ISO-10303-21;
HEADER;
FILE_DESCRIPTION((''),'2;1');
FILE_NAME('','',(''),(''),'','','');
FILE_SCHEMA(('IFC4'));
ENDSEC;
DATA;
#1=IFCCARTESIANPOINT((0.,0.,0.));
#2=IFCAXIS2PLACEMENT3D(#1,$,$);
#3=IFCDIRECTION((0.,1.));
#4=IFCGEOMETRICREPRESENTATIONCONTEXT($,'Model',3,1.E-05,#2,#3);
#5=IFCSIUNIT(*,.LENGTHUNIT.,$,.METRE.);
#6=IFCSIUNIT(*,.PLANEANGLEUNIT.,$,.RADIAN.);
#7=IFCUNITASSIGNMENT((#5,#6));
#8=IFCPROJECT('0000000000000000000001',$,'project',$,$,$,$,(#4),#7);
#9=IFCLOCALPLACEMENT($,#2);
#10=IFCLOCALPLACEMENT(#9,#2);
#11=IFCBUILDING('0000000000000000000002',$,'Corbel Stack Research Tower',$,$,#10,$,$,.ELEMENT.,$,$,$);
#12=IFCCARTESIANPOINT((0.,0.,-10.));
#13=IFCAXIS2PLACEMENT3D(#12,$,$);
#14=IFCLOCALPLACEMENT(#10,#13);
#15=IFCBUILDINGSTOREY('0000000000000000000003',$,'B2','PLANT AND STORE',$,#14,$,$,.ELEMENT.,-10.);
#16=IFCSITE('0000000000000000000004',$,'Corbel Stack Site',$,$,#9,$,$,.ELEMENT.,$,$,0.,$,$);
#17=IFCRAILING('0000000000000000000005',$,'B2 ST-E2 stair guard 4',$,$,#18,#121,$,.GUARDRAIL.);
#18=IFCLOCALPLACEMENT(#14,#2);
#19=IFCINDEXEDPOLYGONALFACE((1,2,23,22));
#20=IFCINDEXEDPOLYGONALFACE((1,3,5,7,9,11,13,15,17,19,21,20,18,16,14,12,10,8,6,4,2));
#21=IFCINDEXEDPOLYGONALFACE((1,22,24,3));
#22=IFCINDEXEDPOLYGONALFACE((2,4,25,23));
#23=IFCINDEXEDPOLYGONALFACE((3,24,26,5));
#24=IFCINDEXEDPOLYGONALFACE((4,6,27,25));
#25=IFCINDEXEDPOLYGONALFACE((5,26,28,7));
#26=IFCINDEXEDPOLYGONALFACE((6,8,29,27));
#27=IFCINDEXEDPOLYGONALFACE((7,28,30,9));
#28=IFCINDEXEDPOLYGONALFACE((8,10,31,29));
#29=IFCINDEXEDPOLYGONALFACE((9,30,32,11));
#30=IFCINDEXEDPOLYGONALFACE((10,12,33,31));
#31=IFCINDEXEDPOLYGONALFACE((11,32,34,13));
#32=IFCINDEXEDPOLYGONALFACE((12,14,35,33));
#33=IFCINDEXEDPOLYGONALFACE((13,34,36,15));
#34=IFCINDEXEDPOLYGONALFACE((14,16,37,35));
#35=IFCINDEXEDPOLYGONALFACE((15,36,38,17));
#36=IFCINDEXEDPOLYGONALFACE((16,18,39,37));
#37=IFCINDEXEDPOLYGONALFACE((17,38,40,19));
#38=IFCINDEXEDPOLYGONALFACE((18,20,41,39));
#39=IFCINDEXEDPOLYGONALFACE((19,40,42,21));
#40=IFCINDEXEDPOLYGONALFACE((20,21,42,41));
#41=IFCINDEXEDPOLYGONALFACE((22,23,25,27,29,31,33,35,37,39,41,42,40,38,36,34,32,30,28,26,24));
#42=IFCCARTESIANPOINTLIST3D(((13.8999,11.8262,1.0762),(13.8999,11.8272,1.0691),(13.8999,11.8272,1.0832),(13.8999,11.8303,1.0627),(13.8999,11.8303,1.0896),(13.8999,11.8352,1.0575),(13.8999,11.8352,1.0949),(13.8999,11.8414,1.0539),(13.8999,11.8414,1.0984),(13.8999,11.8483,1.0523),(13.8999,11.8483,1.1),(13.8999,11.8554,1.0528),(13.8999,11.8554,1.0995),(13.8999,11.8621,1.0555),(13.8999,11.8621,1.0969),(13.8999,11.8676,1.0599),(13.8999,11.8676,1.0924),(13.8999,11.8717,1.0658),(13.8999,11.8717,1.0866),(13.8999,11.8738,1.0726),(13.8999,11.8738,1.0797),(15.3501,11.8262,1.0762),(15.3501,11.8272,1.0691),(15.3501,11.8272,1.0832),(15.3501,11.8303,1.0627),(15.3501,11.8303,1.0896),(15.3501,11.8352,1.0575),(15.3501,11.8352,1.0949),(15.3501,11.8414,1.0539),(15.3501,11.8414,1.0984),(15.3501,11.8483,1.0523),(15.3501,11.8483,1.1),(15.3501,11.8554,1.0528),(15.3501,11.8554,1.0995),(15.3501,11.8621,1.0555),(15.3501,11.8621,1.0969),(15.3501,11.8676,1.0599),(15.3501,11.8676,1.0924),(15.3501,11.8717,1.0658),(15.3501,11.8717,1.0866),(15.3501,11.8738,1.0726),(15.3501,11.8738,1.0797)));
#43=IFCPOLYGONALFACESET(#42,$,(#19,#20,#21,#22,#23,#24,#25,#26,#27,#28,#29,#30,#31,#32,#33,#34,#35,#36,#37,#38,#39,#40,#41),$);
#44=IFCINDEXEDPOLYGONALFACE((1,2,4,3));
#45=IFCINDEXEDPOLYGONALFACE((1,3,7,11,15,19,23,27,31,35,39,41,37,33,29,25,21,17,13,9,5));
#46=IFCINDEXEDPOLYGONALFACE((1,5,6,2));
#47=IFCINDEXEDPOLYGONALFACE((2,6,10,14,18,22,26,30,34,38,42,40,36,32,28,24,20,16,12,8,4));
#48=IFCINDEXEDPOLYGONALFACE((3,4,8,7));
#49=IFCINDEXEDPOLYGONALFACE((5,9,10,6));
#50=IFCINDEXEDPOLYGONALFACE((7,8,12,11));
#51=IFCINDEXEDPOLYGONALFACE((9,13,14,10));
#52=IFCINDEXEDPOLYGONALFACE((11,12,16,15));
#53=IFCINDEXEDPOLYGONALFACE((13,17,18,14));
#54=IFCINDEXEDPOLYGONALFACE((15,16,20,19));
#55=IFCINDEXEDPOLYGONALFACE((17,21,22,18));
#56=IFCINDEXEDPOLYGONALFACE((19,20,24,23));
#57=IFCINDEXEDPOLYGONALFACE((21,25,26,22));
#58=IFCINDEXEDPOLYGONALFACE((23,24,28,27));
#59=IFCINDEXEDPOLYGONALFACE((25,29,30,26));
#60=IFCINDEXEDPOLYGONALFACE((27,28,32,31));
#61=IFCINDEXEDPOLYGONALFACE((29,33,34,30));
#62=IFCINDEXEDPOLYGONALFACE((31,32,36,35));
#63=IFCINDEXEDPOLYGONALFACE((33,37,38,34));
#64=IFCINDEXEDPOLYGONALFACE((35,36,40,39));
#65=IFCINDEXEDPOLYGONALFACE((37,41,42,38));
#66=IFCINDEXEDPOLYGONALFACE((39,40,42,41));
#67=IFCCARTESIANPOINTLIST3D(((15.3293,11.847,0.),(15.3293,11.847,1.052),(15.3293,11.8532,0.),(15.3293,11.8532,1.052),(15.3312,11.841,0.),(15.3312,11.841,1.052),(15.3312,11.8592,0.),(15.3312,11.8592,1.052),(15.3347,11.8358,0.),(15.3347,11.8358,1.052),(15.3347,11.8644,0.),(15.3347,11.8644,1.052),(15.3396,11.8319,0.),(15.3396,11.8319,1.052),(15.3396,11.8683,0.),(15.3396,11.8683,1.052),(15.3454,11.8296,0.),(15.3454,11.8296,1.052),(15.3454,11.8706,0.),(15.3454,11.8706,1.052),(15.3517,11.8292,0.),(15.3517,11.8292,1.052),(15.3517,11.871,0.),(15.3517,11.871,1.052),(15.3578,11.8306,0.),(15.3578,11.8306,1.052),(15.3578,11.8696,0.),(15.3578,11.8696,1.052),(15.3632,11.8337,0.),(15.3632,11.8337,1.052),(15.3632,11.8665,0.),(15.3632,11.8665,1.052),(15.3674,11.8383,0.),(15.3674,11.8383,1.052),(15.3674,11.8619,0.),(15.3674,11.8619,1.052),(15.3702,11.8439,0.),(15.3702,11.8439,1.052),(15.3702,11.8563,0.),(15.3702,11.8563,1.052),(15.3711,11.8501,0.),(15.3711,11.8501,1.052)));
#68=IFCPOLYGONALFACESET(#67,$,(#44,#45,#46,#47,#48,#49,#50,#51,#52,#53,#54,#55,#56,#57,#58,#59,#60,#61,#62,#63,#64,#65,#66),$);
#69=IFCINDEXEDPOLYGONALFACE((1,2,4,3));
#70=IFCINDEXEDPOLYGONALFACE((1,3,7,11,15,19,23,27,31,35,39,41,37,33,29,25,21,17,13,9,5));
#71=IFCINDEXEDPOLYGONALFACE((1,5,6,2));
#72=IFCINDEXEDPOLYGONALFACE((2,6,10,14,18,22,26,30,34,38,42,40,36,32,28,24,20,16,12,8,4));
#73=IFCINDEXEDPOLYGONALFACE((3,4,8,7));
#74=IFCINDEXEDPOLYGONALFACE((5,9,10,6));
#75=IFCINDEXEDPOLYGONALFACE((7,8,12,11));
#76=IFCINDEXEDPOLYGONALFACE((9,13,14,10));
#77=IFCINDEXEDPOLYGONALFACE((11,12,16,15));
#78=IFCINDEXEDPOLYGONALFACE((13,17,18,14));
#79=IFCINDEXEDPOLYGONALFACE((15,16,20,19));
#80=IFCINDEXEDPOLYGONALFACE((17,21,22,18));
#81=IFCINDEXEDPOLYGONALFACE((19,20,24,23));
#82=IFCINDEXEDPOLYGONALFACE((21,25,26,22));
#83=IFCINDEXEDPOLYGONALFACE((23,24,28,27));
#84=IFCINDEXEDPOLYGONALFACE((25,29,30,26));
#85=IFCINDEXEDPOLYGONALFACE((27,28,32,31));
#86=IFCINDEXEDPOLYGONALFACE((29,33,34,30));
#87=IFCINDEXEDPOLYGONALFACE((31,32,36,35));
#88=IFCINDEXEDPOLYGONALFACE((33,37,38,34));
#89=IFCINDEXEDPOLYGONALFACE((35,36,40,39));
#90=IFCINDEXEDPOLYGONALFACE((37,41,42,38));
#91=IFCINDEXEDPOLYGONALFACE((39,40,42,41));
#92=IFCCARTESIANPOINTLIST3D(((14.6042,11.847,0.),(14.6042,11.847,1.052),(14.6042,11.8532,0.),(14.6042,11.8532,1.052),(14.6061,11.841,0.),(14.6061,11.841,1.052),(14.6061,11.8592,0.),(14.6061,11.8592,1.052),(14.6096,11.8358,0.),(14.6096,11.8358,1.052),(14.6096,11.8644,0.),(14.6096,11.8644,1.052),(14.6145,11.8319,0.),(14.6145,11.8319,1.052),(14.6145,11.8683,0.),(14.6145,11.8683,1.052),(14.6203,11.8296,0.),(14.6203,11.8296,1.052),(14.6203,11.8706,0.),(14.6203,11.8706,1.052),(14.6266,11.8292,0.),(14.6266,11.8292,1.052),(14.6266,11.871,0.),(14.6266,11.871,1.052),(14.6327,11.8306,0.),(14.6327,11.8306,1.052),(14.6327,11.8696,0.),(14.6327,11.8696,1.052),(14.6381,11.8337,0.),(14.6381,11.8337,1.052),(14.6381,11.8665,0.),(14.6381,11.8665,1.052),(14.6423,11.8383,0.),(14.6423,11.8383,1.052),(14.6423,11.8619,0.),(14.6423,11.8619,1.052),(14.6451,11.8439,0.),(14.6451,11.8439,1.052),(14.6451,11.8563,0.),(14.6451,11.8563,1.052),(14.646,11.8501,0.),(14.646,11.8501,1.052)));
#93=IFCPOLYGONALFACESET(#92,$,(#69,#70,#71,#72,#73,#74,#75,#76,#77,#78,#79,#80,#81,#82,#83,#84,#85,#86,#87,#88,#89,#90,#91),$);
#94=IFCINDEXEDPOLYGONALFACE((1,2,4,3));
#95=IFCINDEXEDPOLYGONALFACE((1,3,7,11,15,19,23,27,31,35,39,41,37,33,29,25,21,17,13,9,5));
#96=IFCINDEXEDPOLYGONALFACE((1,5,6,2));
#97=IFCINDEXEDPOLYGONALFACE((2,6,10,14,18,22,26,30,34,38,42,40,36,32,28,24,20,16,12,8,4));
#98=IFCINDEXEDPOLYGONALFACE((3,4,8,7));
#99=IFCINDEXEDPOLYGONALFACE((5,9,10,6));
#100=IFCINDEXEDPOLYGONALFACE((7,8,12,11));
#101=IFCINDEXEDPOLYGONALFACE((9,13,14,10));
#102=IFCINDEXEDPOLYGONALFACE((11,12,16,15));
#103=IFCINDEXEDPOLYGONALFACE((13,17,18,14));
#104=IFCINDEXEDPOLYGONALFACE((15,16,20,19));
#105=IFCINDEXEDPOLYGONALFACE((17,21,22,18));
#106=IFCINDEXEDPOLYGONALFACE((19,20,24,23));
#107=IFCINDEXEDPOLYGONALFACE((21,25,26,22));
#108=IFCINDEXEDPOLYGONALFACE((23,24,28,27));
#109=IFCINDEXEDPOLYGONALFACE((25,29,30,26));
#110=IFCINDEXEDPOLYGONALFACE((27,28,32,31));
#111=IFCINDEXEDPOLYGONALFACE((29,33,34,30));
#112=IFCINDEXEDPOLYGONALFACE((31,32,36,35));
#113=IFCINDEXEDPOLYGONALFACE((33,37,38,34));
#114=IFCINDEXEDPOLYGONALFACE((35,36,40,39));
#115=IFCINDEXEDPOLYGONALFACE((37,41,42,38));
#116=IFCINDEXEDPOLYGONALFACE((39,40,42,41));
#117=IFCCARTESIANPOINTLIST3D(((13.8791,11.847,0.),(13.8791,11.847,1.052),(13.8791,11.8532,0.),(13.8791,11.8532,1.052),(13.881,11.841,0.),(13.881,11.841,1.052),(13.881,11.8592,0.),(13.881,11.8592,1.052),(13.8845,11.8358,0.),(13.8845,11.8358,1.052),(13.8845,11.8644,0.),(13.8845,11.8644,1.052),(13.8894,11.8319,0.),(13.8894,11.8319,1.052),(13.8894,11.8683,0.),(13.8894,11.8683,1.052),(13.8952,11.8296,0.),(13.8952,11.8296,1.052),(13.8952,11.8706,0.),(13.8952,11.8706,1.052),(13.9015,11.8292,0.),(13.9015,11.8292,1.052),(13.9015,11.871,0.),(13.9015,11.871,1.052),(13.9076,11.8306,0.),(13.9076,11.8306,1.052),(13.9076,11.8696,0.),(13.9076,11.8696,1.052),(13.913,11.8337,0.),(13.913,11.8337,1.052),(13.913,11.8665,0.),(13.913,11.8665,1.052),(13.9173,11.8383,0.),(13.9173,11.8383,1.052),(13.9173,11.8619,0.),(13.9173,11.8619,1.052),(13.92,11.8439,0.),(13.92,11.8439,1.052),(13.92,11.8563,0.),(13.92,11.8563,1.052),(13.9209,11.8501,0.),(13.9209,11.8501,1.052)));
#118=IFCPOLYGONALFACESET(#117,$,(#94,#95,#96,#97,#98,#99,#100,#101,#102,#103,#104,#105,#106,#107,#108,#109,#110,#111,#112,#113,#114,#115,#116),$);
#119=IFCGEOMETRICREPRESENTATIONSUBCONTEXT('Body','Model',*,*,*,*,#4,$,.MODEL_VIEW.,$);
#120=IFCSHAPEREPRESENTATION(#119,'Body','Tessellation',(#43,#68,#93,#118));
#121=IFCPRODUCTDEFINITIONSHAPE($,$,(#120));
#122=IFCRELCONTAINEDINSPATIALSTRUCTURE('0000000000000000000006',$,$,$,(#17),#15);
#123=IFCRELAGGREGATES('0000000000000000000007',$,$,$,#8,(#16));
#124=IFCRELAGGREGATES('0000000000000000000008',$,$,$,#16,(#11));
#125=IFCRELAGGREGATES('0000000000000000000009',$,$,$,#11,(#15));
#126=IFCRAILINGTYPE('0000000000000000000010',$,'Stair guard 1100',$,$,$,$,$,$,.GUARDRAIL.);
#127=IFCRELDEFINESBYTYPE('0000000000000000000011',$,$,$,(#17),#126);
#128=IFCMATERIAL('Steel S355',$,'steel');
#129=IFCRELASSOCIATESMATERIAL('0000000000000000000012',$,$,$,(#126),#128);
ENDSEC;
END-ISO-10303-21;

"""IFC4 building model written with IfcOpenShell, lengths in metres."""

from ifc_helpers import new_model, si_unit, direction, frame, origin, origin_2d, place, context, subcontext, project, spatial, circle, extrude, material, type_object, element, save


model = new_model("IFC4")

# Units and contexts
model_context = context("Model", 3, precision=1e-05, world=origin(), true_north=direction((0.0, 1.0)))
body_context = subcontext(model_context, "Body", "Model", "MODEL_VIEW")
ifc_project = project(units=[si_unit("LENGTHUNIT", "METRE"), si_unit("PLANEANGLEUNIT", "RADIAN")], contexts=[model_context])

# Site, building, storey
site_placement = place(None, origin())
site = spatial("IfcSite", under=ifc_project, at=site_placement, Name="Corbel Stack Site", CompositionType="ELEMENT", RefElevation=0.0)
building_placement = place(site_placement, origin())
building = spatial("IfcBuilding", under=site, at=building_placement, Name="Corbel Stack Research Tower", CompositionType="ELEMENT")
storey_placement = place(building_placement, frame((0.0, 0.0, -10.0)))
storey = spatial("IfcBuildingStorey", under=building, at=storey_placement, Name="B2", Description="PLANT AND STORE", CompositionType="ELEMENT", Elevation=-10.0)

# Railing
ifc_material_1 = material(Name="Steel S355", Category="steel")
railing_type_1 = type_object("IfcRailingType", Name="Stair guard 1100", PredefinedType="GUARDRAIL", material=ifc_material_1)
railing_1_placement = place(storey_placement, frame((15.3501, 11.8501, 0.0)))
element("IfcRailing", 1, at=railing_1_placement, inside=storey, type_object=railing_type_1, Name="B2 ST-E2 stair guard 4", PredefinedType="GUARDRAIL", context=body_context, shape_type="SweptSolid", body=[
    extrude(circle(Radius=0.0239, at=origin_2d()), frame((0.0, 0.0, 1.0762), z_axis=(-1.0, 0.0, 0.0), x_axis=(0.0, -1.0, 0.0)), (0.0, 0.0, 1.0), 1.4502),
    extrude(circle(Radius=0.021, at=origin_2d()), origin(), (0.0, 0.0, 1.0), 1.052),
    extrude(circle(Radius=0.021, at=origin_2d()), frame((-0.7251, 0.0, 0.0)), (0.0, 0.0, 1.0), 1.052),
    extrude(circle(Radius=0.021, at=origin_2d()), frame((-1.4502, 0.0, 0.0)), (0.0, 0.0, 1.0), 1.052),
])

save(model, "model.ifc")
